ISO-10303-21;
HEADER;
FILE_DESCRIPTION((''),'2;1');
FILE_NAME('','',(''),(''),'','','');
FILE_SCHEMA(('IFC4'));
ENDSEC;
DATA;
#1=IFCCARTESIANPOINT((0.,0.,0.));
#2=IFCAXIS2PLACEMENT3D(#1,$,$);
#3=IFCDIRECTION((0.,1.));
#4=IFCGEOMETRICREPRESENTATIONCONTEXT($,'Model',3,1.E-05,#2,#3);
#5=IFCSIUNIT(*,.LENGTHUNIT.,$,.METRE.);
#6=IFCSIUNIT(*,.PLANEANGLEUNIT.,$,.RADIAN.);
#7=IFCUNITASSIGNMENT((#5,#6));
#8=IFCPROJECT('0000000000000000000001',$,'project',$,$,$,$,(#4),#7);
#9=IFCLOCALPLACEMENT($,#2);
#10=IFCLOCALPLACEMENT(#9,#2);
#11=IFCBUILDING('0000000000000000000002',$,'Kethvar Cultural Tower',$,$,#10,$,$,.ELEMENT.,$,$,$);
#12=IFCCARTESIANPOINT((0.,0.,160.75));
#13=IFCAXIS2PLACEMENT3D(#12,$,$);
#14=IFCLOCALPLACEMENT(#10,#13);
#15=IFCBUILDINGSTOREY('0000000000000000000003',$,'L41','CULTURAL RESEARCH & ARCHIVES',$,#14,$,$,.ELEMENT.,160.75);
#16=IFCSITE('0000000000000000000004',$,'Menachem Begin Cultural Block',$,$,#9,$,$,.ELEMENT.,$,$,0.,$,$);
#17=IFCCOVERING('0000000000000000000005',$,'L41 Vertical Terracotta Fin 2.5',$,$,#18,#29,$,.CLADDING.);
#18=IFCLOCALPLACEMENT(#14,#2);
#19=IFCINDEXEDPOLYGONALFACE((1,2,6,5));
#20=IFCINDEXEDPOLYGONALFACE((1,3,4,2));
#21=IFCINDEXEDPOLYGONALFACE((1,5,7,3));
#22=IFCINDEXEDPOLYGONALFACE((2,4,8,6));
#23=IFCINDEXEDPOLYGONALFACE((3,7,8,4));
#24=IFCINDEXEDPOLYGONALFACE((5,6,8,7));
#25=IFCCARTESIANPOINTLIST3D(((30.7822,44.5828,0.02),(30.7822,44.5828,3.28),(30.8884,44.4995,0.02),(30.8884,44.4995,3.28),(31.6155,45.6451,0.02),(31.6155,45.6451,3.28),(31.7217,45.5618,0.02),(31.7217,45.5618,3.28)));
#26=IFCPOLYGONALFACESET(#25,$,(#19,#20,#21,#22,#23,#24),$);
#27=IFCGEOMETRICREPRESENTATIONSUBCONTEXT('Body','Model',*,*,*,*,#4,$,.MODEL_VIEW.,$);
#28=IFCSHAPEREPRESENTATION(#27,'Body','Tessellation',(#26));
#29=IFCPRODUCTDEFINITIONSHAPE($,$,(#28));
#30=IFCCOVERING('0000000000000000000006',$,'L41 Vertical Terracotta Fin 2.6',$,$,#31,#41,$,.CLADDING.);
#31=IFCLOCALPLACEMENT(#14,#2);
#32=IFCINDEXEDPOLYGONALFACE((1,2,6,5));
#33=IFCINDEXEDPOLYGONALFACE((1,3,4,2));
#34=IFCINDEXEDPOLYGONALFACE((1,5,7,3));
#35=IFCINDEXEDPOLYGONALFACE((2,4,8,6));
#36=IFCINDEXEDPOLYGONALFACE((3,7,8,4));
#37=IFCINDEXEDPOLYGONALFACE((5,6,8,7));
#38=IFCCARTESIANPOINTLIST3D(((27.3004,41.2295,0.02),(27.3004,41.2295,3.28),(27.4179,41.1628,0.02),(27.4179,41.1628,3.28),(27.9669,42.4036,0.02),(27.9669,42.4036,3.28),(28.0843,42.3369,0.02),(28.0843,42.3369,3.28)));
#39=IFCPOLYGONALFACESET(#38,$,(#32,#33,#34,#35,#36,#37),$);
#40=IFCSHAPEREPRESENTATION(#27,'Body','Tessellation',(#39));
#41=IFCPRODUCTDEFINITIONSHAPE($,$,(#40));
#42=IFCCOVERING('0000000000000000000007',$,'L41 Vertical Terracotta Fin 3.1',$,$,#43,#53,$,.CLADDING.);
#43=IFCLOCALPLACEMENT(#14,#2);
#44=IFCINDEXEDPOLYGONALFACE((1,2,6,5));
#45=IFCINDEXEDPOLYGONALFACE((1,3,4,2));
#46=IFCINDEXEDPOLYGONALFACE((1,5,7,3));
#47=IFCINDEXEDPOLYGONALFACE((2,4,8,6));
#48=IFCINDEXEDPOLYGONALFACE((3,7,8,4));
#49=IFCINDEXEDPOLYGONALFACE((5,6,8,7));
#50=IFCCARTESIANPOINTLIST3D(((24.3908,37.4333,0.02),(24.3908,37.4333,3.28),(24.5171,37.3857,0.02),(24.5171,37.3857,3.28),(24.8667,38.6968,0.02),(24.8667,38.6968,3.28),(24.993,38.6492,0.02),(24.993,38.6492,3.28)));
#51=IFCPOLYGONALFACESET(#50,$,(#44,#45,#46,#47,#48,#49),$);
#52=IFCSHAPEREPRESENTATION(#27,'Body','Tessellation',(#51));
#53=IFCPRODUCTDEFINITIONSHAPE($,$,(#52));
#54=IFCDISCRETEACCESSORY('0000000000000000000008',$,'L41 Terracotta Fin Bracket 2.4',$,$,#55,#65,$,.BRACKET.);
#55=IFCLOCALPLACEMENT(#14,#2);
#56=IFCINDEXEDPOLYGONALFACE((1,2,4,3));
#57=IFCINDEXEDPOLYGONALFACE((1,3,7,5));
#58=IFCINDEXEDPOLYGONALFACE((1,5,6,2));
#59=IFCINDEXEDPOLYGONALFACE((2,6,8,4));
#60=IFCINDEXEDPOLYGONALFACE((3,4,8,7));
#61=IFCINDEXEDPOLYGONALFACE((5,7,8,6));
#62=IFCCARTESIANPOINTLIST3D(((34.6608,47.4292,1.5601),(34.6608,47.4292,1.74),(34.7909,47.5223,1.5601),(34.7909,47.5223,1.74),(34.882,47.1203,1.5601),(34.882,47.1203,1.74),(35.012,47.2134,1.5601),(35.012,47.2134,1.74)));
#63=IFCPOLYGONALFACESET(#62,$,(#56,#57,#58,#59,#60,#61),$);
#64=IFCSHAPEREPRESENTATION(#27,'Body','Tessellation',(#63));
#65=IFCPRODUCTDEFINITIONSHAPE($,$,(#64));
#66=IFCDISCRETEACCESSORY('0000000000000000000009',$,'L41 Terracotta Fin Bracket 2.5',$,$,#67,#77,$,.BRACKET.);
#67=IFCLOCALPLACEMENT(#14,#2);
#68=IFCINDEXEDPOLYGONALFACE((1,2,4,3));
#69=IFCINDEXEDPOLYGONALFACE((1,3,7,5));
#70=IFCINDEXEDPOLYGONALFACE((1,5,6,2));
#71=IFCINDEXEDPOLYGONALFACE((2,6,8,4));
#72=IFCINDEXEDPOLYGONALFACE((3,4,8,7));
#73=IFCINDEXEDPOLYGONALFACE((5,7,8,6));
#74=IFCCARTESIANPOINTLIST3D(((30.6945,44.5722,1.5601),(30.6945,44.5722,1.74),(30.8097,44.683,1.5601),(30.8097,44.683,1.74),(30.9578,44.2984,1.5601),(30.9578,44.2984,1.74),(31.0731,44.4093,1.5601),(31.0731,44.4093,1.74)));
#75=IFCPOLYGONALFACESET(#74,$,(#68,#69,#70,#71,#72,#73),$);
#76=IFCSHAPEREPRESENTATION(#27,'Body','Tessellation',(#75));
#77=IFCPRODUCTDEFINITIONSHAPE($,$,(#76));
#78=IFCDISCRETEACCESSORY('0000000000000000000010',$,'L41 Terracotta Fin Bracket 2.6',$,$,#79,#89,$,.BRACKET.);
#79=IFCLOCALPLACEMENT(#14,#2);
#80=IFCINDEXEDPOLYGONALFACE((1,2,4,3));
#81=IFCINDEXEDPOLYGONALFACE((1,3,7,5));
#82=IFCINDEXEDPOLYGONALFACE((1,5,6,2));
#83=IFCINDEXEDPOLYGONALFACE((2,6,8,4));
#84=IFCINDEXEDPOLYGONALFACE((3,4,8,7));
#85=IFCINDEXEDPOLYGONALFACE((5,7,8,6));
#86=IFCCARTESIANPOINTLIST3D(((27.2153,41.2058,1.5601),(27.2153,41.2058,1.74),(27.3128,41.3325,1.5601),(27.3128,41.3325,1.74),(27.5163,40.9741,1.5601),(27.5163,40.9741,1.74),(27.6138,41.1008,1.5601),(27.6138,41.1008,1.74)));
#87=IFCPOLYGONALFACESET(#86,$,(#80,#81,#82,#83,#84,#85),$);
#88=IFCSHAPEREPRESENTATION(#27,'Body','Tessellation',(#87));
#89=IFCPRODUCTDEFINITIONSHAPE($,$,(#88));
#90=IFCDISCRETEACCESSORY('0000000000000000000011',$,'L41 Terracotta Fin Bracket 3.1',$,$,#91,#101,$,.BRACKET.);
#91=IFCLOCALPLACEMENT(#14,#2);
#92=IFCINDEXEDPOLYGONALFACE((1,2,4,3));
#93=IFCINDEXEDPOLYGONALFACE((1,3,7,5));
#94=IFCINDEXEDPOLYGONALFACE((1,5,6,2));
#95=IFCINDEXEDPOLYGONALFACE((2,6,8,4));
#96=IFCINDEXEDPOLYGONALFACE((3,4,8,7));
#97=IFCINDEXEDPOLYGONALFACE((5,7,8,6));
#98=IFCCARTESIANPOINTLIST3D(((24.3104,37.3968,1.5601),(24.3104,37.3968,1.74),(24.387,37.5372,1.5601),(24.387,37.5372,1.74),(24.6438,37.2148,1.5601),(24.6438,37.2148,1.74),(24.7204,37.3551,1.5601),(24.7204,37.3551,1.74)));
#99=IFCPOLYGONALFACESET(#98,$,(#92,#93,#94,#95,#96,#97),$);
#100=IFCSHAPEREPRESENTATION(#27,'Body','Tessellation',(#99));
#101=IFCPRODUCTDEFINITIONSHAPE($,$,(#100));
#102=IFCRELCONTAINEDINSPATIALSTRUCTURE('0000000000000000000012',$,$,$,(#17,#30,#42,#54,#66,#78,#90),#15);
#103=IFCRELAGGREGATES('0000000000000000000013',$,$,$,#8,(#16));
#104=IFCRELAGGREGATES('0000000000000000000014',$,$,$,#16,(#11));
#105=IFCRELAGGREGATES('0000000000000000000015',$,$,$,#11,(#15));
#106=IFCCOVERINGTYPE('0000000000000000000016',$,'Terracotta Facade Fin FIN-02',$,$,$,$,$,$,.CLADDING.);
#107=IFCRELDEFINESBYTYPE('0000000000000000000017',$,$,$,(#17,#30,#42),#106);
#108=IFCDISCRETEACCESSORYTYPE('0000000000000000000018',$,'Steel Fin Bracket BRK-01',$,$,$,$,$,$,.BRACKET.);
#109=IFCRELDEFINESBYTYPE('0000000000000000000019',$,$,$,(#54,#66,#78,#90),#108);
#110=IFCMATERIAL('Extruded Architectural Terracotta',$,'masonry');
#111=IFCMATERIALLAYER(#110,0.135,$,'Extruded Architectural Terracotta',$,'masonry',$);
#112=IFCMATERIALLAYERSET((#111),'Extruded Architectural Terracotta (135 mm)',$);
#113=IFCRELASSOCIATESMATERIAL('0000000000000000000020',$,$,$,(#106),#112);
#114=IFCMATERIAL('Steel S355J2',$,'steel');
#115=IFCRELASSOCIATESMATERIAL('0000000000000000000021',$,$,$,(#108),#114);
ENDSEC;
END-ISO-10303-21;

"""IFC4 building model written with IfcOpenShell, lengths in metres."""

from ifc_helpers import new_model, si_unit, direction, frame, origin, origin_2d, place, context, subcontext, project, spatial, rectangle, extrude, source, transform, mapped, material, layer, layer_set, type_object, element, save


model = new_model("IFC4")

# Units and contexts
model_context = context("Model", 3, precision=1e-05, world=origin(), true_north=direction((0.0, 1.0)))
body_context = subcontext(model_context, "Body", "Model", "MODEL_VIEW")
ifc_project = project(units=[si_unit("LENGTHUNIT", "METRE"), si_unit("PLANEANGLEUNIT", "RADIAN")], contexts=[model_context])

# Site, building, storey
site_placement = place(None, origin())
site = spatial("IfcSite", under=ifc_project, at=site_placement, Name="Menachem Begin Cultural Block", CompositionType="ELEMENT", RefElevation=0.0)
building_placement = place(site_placement, origin())
building = spatial("IfcBuilding", under=site, at=building_placement, Name="Kethvar Cultural Tower", CompositionType="ELEMENT")
storey_placement = place(building_placement, frame((0.0, 0.0, 160.75)))
storey = spatial("IfcBuildingStorey", under=building, at=storey_placement, Name="L41", Description="CULTURAL RESEARCH & ARCHIVES", CompositionType="ELEMENT", Elevation=160.75)

# Shared definitions
ifc_material_1 = material(Name="Steel S355J2", Category="steel")

# Coverings
ifc_material_2 = material(Name="Extruded Architectural Terracotta", Category="masonry")
ifc_layer_1 = layer(ifc_material_2, 0.135, Name="Extruded Architectural Terracotta", Category="masonry")
ifc_layer_set_1 = layer_set([ifc_layer_1], Name="Extruded Architectural Terracotta (135 mm)")
covering_type = type_object("IfcCoveringType", Name="Terracotta Facade Fin FIN-02", PredefinedType="CLADDING", material=ifc_layer_set_1)
shared_shape_1 = source(origin(), body_context, "Body", "SweptSolid", [
    extrude(rectangle(XDim=1.3501, YDim=0.135, at=origin_2d()), origin(), (0.0, 0.0, 1.0), 3.26),
])
for number, where, z_axis, x_axis, name in (
    (1, (31.252, 45.0723, 0.02), (0.0, 0.0, 1.0), (0.617173, 0.786827, 0.0), "L41 Vertical Terracotta Fin 2.5"),
    (2, (27.6924, 41.7832, 0.02), (0.0, 0.0, 1.0), (0.493638, 0.869667, 0.0), "L41 Vertical Terracotta Fin 2.6"),
    (3, (24.6919, 38.0413, 0.02), (0.0, 0.0, 1.0), (0.352495, 0.935814, 0.0), "L41 Vertical Terracotta Fin 3.1"),
):
    element("IfcCovering", number, at=place(storey_placement, frame(where, z_axis=z_axis, x_axis=x_axis)), inside=storey, type_object=covering_type, Name=name, PredefinedType="CLADDING", context=body_context, shape_type="MappedRepresentation", body=[
        mapped(shared_shape_1, transform((0.0, 0.0, 0.0), scale=1.0)),
    ])

# Discrete accessories
discrete_accessory_type = type_object("IfcDiscreteAccessoryType", Name="Steel Fin Bracket BRK-01", PredefinedType="BRACKET", material=ifc_material_1)
shared_shape_2 = source(origin(), body_context, "Body", "SweptSolid", [
    extrude(rectangle(XDim=0.3799, YDim=0.1599, at=origin_2d()), origin(), (0.0, 0.0, 1.0), 0.1799),
])
for number, where, z_axis, x_axis, name in (
    (4, (34.8364, 47.3213, 1.5601), (0.0, 0.0, 1.0), (-0.582123, 0.813101, 0.0), "L41 Terracotta Fin Bracket 2.4"),
    (5, (30.8838, 44.4907, 1.5601), (0.0, 0.0, 1.0), (-0.693276, 0.720672, 0.0), "L41 Terracotta Fin Bracket 2.5"),
    (6, (27.4146, 41.1533, 1.5601), (0.0, 0.0, 1.0), (-0.792503, 0.609869, 0.0), "L41 Terracotta Fin Bracket 2.6"),
    (7, (24.5154, 37.376, 1.5601), (0.0, 0.0, 1.0), (-0.877649, 0.479305, 0.0), "L41 Terracotta Fin Bracket 3.1"),
):
    element("IfcDiscreteAccessory", number, at=place(storey_placement, frame(where, z_axis=z_axis, x_axis=x_axis)), inside=storey, type_object=discrete_accessory_type, Name=name, PredefinedType="BRACKET", context=body_context, shape_type="MappedRepresentation", body=[
        mapped(shared_shape_2, transform((0.0, 0.0, 0.0), scale=1.0)),
    ])

save(model, "model.ifc")
